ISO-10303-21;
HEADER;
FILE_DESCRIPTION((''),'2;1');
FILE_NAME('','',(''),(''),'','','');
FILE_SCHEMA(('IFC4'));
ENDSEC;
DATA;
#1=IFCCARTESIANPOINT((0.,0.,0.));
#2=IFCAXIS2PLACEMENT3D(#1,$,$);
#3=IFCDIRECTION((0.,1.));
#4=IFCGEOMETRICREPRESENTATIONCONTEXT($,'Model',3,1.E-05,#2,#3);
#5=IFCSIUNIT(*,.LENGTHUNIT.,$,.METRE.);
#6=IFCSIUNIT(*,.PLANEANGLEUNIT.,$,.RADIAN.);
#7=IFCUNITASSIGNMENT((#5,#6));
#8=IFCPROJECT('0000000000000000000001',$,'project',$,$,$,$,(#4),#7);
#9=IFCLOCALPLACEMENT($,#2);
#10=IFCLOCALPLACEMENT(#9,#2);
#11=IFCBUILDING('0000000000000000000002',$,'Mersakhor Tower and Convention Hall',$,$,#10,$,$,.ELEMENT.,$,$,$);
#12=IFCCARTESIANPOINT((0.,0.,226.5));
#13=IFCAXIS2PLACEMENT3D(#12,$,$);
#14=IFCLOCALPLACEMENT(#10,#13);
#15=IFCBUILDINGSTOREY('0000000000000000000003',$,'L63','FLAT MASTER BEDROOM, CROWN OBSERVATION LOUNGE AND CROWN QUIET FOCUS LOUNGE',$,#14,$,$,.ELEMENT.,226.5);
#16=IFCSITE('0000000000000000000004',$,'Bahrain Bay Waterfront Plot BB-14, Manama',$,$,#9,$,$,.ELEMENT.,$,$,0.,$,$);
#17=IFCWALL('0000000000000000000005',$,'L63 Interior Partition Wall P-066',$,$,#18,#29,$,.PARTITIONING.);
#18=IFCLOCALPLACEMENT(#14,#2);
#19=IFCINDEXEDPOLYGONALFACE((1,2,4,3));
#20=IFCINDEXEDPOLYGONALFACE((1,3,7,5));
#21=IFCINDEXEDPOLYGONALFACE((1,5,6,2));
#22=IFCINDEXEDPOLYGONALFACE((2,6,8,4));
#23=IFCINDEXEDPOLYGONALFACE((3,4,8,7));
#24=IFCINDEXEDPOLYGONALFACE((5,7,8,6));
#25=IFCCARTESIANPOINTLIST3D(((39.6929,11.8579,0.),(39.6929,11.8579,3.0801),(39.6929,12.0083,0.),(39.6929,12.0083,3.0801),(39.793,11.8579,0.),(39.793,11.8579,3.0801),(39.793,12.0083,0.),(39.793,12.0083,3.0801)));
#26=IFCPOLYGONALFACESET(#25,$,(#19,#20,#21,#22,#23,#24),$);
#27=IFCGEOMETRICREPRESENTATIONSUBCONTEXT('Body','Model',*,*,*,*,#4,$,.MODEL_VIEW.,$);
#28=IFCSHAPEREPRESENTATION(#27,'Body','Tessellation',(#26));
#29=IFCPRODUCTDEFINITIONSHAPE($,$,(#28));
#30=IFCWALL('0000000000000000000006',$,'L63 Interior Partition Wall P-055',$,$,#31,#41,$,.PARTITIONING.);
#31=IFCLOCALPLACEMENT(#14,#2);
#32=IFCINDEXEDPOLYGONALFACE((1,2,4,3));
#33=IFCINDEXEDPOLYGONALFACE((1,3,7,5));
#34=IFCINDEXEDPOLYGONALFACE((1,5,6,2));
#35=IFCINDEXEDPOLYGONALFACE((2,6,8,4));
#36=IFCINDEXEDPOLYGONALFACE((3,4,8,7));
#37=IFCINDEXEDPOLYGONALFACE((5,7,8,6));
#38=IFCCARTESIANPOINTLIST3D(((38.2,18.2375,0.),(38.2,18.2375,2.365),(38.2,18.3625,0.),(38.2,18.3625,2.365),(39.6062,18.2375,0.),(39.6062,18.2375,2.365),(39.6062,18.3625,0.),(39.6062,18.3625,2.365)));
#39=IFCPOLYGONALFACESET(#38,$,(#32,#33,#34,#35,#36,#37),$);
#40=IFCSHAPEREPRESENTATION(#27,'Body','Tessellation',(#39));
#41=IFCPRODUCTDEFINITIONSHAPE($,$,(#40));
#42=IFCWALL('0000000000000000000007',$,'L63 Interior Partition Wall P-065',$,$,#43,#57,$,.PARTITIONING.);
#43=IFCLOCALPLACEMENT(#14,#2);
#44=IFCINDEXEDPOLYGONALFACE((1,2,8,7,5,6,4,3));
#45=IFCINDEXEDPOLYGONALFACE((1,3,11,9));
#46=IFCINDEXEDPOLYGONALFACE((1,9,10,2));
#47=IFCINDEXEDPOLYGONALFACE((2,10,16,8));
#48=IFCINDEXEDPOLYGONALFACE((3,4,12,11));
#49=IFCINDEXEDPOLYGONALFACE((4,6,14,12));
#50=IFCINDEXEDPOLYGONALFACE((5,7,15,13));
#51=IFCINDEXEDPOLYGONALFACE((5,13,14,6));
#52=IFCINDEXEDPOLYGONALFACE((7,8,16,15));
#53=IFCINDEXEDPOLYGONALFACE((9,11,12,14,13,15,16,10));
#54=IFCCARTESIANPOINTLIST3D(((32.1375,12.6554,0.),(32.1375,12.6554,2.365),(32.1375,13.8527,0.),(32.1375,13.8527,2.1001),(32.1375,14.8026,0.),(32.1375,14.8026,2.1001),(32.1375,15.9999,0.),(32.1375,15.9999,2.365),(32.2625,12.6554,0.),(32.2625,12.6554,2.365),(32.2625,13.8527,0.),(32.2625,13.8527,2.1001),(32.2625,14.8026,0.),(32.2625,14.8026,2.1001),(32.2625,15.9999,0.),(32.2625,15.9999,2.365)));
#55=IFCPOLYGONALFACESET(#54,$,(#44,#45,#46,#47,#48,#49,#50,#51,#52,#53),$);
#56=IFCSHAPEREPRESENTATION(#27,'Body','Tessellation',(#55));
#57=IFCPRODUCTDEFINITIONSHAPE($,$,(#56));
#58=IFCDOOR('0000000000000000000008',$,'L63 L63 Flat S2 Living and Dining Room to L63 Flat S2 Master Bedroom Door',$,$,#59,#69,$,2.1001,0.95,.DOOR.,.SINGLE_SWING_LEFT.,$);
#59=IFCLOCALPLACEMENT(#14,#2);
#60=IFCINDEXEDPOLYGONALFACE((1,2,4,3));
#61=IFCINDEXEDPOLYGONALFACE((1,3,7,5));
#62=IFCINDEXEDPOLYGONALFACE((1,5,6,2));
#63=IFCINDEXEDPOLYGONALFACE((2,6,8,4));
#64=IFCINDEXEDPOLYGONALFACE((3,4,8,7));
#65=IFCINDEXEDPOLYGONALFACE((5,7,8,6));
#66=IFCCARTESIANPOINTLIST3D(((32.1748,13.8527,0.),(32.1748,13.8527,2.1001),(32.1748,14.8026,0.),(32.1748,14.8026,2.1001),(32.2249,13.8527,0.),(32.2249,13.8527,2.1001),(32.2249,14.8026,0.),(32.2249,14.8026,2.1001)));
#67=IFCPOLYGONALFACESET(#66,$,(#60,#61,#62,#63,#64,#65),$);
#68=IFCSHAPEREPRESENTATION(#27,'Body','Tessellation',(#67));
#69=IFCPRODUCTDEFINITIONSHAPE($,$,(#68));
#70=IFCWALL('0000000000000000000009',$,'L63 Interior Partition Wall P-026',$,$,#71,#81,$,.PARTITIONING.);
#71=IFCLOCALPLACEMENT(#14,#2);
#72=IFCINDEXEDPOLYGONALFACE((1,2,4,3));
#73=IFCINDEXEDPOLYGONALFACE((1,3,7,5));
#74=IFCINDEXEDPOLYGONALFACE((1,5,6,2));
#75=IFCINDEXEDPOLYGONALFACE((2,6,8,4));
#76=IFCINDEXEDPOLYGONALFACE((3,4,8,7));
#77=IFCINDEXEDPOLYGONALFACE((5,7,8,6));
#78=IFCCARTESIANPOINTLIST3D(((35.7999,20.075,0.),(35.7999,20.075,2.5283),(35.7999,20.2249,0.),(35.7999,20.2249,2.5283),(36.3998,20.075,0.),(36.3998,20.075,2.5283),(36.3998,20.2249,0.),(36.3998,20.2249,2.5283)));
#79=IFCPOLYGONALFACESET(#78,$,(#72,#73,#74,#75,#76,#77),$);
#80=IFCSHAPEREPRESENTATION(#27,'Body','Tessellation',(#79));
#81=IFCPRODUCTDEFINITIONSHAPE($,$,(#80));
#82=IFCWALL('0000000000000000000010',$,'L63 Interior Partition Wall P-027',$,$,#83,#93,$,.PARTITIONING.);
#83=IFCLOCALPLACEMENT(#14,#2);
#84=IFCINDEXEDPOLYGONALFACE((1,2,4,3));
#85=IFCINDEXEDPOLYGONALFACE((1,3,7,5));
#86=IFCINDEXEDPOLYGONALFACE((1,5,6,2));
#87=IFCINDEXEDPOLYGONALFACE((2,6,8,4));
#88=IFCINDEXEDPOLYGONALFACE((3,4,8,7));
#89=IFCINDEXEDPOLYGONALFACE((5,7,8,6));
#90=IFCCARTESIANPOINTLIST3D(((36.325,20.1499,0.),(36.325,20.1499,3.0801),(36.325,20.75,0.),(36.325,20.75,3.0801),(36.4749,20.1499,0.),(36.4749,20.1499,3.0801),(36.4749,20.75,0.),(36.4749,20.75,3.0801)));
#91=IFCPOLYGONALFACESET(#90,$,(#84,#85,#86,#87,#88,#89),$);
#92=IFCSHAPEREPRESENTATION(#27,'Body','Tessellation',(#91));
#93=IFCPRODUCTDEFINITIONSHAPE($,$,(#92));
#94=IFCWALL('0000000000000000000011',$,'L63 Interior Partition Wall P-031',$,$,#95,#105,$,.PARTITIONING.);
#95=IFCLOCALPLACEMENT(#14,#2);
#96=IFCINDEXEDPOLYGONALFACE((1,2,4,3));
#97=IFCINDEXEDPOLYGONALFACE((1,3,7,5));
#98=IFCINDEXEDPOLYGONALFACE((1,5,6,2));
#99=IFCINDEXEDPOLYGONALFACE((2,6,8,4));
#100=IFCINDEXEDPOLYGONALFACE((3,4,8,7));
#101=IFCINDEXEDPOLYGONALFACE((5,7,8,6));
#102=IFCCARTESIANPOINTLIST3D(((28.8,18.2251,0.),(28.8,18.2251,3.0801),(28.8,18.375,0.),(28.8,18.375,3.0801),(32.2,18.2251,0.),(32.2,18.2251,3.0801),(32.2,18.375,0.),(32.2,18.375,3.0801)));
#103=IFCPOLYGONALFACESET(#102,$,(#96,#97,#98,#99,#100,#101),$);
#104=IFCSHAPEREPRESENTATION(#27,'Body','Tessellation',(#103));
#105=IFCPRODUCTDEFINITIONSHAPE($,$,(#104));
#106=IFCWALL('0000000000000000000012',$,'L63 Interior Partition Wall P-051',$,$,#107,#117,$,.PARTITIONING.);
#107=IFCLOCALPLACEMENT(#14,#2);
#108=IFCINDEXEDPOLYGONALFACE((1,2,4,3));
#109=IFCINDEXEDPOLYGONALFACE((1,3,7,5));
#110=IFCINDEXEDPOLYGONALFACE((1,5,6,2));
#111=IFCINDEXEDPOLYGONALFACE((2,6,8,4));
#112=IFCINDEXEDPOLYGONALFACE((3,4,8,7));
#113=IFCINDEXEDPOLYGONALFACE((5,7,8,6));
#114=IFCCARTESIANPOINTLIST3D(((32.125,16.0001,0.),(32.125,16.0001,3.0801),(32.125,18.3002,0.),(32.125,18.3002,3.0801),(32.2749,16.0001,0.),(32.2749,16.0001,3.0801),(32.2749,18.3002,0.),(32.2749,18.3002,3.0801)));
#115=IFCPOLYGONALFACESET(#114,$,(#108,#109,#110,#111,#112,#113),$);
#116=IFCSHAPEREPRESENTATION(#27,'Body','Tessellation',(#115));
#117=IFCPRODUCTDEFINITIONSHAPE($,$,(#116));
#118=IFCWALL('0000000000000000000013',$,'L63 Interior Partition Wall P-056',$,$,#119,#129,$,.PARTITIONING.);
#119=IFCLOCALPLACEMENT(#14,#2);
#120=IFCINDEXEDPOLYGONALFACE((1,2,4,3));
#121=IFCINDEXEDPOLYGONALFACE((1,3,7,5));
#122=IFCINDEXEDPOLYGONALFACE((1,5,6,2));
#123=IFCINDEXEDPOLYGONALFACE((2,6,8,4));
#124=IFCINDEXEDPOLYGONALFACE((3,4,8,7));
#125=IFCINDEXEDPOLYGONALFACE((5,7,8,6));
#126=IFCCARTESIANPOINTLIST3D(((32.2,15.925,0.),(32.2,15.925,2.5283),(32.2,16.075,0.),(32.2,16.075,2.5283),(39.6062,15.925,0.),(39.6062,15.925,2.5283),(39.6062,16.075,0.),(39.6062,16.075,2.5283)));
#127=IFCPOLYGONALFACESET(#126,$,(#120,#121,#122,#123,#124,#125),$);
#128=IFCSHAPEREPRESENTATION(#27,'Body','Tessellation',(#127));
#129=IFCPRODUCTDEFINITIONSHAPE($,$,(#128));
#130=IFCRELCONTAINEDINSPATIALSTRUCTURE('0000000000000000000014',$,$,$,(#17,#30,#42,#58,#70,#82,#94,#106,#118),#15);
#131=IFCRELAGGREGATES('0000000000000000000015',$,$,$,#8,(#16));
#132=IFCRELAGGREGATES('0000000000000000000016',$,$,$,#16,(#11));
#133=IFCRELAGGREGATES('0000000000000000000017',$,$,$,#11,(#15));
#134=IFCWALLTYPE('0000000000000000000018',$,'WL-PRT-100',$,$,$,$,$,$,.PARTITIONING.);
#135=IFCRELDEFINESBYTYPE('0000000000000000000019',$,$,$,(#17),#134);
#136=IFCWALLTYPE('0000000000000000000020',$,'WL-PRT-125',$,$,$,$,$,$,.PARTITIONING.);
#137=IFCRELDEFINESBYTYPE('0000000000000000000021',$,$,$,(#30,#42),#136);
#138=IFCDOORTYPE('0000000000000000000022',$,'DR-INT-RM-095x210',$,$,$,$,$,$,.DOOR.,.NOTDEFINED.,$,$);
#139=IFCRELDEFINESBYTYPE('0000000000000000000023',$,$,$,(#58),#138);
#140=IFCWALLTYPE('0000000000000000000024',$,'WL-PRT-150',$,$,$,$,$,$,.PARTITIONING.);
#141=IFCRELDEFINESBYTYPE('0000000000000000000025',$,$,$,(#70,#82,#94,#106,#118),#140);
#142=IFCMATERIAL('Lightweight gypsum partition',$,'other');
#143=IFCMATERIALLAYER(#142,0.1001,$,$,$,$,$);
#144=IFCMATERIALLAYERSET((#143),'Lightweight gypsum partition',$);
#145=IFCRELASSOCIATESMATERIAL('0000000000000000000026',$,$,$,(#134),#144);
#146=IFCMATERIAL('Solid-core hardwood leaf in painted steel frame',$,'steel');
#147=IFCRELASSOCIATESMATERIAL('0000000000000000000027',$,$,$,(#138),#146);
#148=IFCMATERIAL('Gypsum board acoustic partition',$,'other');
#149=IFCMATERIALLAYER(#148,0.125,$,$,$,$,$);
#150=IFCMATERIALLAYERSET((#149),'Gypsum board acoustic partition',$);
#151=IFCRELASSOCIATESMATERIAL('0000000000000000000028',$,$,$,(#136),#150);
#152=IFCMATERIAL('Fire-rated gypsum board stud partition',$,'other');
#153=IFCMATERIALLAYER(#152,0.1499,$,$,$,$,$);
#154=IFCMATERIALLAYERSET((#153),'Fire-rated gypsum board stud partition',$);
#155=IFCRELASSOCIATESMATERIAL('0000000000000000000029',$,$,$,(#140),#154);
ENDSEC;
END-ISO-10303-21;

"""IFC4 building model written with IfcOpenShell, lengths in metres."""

from ifc_helpers import new_model, si_unit, direction, frame, frame_2d, origin, place, context, subcontext, project, spatial, rectangle, extrude, material, layer, layer_set, type_object, element, fill, save


model = new_model("IFC4")

# Units and contexts
model_context = context("Model", 3, precision=1e-05, world=origin(), true_north=direction((0.0, 1.0)))
body_context = subcontext(model_context, "Body", "Model", "MODEL_VIEW")
ifc_project = project(units=[si_unit("LENGTHUNIT", "METRE"), si_unit("PLANEANGLEUNIT", "RADIAN")], contexts=[model_context])

# Site, building, storey
site_placement = place(None, origin())
site = spatial("IfcSite", under=ifc_project, at=site_placement, Name="Bahrain Bay Waterfront Plot BB-14, Manama", CompositionType="ELEMENT", RefElevation=0.0)
building_placement = place(site_placement, origin())
building = spatial("IfcBuilding", under=site, at=building_placement, Name="Mersakhor Tower and Convention Hall", CompositionType="ELEMENT")
storey_placement = place(building_placement, frame((0.0, 0.0, 226.5)))
storey = spatial("IfcBuildingStorey", under=building, at=storey_placement, Name="L63", Description="FLAT MASTER BEDROOM, CROWN OBSERVATION LOUNGE AND CROWN QUIET FOCUS LOUNGE", CompositionType="ELEMENT", Elevation=226.5)

# Shared definitions
ifc_material_1 = material(Name="Lightweight gypsum partition", Category="other")
ifc_layer_1 = layer(ifc_material_1, 0.1001)
ifc_layer_set_1 = layer_set([ifc_layer_1], Name="Lightweight gypsum partition")
wall_type_1 = type_object("IfcWallType", Name="WL-PRT-100", PredefinedType="PARTITIONING", material=ifc_layer_set_1)
ifc_material_2 = material(Name="Solid-core hardwood leaf in painted steel frame", Category="steel")
door_type_1 = type_object("IfcDoorType", Name="DR-INT-RM-095x210", OperationType="NOTDEFINED", PredefinedType="DOOR", material=ifc_material_2)

# Walls
wall_1_placement = place(storey_placement, frame((39.7429, 12.0083, 0.0), z_axis=(0.0, 0.0, 1.0), x_axis=(0.0, -1.0, 0.0)))
element("IfcWall", 1, at=wall_1_placement, inside=storey, type_object=wall_type_1, Name="L63 Interior Partition Wall P-066", PredefinedType="PARTITIONING", context=body_context, shape_type="SweptSolid", body=[
    extrude(rectangle(XDim=0.1504, YDim=0.1001, at=frame_2d((0.0752, 0.0))), origin(), (0.0, 0.0, 1.0), 3.0801),
])
ifc_material_3 = material(Name="Gypsum board acoustic partition", Category="other")
ifc_layer_2 = layer(ifc_material_3, 0.125)
ifc_layer_set_2 = layer_set([ifc_layer_2], Name="Gypsum board acoustic partition")
wall_type_2 = type_object("IfcWallType", Name="WL-PRT-125", PredefinedType="PARTITIONING", material=ifc_layer_set_2)
wall_2_placement = place(storey_placement, frame((38.2, 18.3, 0.0), z_axis=(0.0, 0.0, 1.0), x_axis=(1.0, 0.0, 0.0)))
element("IfcWall", 2, at=wall_2_placement, inside=storey, type_object=wall_type_2, Name="L63 Interior Partition Wall P-055", PredefinedType="PARTITIONING", context=body_context, shape_type="SweptSolid", body=[
    extrude(rectangle(XDim=1.4062, YDim=0.125, at=frame_2d((0.7031, 0.0))), origin(), (0.0, 0.0, 1.0), 2.365),
])

# Wall, opening, door
wall_3_placement = place(storey_placement, frame((32.2, 16.0, 0.0), z_axis=(0.0, 0.0, 1.0), x_axis=(0.0, -1.0, 0.0)))
wall_3 = element("IfcWall", 3, at=wall_3_placement, inside=storey, type_object=wall_type_2, Name="L63 Interior Partition Wall P-065", PredefinedType="PARTITIONING", context=body_context, shape_type="SweptSolid", body=[
    extrude(rectangle(XDim=3.3445, YDim=0.125, at=frame_2d((1.6724, 0.0))), origin(), (0.0, 0.0, 1.0), 2.365),
])
opening_1_placement = place(wall_3_placement, frame((1.1973, 0.0, 0.0)))
opening_1 = element("IfcOpeningElement", 4, at=opening_1_placement, cuts=wall_3, PredefinedType="OPENING", context=body_context, shape_type="SweptSolid", body=[
    extrude(rectangle(XDim=0.95, YDim=2.1001, at=frame_2d((0.4751, 1.05))), frame((0.0, 0.0725, 0.0), z_axis=(0.0, -1.0, 0.0), x_axis=(1.0, 0.0, 0.0)), (0.0, 0.0, 1.0), 0.145),
])
door_1_placement = place(opening_1_placement, origin())
door_1 = element("IfcDoor", 5, at=door_1_placement, inside=storey, type_object=door_type_1, Name="L63 L63 Flat S2 Living and Dining Room to L63 Flat S2 Master Bedroom Door", OperationType="SINGLE_SWING_LEFT", OverallHeight=2.1001, OverallWidth=0.95, PredefinedType="DOOR", context=body_context, shape_type="SweptSolid", body=[
    extrude(rectangle(XDim=0.95, YDim=2.1001, at=frame_2d((0.4751, 1.05))), frame((0.0, 0.0249, 0.0), z_axis=(0.0, -1.0, 0.0), x_axis=(1.0, 0.0, 0.0)), (0.0, 0.0, 1.0), 0.05),
])
fill(opening_1, door_1)

# Walls
ifc_material_4 = material(Name="Fire-rated gypsum board stud partition", Category="other")
ifc_layer_3 = layer(ifc_material_4, 0.1499)
ifc_layer_set_3 = layer_set([ifc_layer_3], Name="Fire-rated gypsum board stud partition")
wall_type_3 = type_object("IfcWallType", Name="WL-PRT-150", PredefinedType="PARTITIONING", material=ifc_layer_set_3)
wall_4_placement = place(storey_placement, frame((35.8, 20.1499, 0.0), z_axis=(0.0, 0.0, 1.0), x_axis=(1.0, 0.0, 0.0)))
element("IfcWall", 6, at=wall_4_placement, inside=storey, type_object=wall_type_3, Name="L63 Interior Partition Wall P-026", PredefinedType="PARTITIONING", context=body_context, shape_type="SweptSolid", body=[
    extrude(rectangle(XDim=0.5999, YDim=0.1499, at=frame_2d((0.2998, 0.0))), origin(), (0.0, 0.0, 1.0), 2.5283),
])
wall_5_placement = place(storey_placement, frame((36.3999, 20.1499, 0.0), z_axis=(0.0, 0.0, 1.0), x_axis=(0.0, 1.0, 0.0)))
element("IfcWall", 7, at=wall_5_placement, inside=storey, type_object=wall_type_3, Name="L63 Interior Partition Wall P-027", PredefinedType="PARTITIONING", context=body_context, shape_type="SweptSolid", body=[
    extrude(rectangle(XDim=0.6001, YDim=0.1499, at=frame_2d((0.3, 0.0))), origin(), (0.0, 0.0, 1.0), 3.0801),
])

# Walls
wall_6_placement = place(storey_placement, frame((32.2, 18.3, 0.0), z_axis=(0.0, 0.0, 1.0), x_axis=(-1.0, 0.0, 0.0)))
element("IfcWall", 8, at=wall_6_placement, inside=storey, type_object=wall_type_3, Name="L63 Interior Partition Wall P-031", PredefinedType="PARTITIONING", context=body_context, shape_type="SweptSolid", body=[
    extrude(rectangle(XDim=3.3999, YDim=0.1499, at=frame_2d((1.7, 0.0))), origin(), (0.0, 0.0, 1.0), 3.0801),
])
wall_7_placement = place(storey_placement, frame((32.2, 18.3, 0.0), z_axis=(0.0, 0.0, 1.0), x_axis=(0.0, -1.0, 0.0)))
element("IfcWall", 9, at=wall_7_placement, inside=storey, type_object=wall_type_3, Name="L63 Interior Partition Wall P-051", PredefinedType="PARTITIONING", context=body_context, shape_type="SweptSolid", body=[
    extrude(rectangle(XDim=2.3, YDim=0.1499, at=frame_2d((1.1499, 0.0))), origin(), (0.0, 0.0, 1.0), 3.0801),
])
wall_8_placement = place(storey_placement, frame((39.6062, 16.0, 0.0), z_axis=(0.0, 0.0, 1.0), x_axis=(-1.0, 0.0, 0.0)))
element("IfcWall", 10, at=wall_8_placement, inside=storey, type_object=wall_type_3, Name="L63 Interior Partition Wall P-056", PredefinedType="PARTITIONING", context=body_context, shape_type="SweptSolid", body=[
    extrude(rectangle(XDim=7.4062, YDim=0.1499, at=frame_2d((3.7031, 0.0))), origin(), (0.0, 0.0, 1.0), 2.5283),
])

save(model, "model.ifc")
